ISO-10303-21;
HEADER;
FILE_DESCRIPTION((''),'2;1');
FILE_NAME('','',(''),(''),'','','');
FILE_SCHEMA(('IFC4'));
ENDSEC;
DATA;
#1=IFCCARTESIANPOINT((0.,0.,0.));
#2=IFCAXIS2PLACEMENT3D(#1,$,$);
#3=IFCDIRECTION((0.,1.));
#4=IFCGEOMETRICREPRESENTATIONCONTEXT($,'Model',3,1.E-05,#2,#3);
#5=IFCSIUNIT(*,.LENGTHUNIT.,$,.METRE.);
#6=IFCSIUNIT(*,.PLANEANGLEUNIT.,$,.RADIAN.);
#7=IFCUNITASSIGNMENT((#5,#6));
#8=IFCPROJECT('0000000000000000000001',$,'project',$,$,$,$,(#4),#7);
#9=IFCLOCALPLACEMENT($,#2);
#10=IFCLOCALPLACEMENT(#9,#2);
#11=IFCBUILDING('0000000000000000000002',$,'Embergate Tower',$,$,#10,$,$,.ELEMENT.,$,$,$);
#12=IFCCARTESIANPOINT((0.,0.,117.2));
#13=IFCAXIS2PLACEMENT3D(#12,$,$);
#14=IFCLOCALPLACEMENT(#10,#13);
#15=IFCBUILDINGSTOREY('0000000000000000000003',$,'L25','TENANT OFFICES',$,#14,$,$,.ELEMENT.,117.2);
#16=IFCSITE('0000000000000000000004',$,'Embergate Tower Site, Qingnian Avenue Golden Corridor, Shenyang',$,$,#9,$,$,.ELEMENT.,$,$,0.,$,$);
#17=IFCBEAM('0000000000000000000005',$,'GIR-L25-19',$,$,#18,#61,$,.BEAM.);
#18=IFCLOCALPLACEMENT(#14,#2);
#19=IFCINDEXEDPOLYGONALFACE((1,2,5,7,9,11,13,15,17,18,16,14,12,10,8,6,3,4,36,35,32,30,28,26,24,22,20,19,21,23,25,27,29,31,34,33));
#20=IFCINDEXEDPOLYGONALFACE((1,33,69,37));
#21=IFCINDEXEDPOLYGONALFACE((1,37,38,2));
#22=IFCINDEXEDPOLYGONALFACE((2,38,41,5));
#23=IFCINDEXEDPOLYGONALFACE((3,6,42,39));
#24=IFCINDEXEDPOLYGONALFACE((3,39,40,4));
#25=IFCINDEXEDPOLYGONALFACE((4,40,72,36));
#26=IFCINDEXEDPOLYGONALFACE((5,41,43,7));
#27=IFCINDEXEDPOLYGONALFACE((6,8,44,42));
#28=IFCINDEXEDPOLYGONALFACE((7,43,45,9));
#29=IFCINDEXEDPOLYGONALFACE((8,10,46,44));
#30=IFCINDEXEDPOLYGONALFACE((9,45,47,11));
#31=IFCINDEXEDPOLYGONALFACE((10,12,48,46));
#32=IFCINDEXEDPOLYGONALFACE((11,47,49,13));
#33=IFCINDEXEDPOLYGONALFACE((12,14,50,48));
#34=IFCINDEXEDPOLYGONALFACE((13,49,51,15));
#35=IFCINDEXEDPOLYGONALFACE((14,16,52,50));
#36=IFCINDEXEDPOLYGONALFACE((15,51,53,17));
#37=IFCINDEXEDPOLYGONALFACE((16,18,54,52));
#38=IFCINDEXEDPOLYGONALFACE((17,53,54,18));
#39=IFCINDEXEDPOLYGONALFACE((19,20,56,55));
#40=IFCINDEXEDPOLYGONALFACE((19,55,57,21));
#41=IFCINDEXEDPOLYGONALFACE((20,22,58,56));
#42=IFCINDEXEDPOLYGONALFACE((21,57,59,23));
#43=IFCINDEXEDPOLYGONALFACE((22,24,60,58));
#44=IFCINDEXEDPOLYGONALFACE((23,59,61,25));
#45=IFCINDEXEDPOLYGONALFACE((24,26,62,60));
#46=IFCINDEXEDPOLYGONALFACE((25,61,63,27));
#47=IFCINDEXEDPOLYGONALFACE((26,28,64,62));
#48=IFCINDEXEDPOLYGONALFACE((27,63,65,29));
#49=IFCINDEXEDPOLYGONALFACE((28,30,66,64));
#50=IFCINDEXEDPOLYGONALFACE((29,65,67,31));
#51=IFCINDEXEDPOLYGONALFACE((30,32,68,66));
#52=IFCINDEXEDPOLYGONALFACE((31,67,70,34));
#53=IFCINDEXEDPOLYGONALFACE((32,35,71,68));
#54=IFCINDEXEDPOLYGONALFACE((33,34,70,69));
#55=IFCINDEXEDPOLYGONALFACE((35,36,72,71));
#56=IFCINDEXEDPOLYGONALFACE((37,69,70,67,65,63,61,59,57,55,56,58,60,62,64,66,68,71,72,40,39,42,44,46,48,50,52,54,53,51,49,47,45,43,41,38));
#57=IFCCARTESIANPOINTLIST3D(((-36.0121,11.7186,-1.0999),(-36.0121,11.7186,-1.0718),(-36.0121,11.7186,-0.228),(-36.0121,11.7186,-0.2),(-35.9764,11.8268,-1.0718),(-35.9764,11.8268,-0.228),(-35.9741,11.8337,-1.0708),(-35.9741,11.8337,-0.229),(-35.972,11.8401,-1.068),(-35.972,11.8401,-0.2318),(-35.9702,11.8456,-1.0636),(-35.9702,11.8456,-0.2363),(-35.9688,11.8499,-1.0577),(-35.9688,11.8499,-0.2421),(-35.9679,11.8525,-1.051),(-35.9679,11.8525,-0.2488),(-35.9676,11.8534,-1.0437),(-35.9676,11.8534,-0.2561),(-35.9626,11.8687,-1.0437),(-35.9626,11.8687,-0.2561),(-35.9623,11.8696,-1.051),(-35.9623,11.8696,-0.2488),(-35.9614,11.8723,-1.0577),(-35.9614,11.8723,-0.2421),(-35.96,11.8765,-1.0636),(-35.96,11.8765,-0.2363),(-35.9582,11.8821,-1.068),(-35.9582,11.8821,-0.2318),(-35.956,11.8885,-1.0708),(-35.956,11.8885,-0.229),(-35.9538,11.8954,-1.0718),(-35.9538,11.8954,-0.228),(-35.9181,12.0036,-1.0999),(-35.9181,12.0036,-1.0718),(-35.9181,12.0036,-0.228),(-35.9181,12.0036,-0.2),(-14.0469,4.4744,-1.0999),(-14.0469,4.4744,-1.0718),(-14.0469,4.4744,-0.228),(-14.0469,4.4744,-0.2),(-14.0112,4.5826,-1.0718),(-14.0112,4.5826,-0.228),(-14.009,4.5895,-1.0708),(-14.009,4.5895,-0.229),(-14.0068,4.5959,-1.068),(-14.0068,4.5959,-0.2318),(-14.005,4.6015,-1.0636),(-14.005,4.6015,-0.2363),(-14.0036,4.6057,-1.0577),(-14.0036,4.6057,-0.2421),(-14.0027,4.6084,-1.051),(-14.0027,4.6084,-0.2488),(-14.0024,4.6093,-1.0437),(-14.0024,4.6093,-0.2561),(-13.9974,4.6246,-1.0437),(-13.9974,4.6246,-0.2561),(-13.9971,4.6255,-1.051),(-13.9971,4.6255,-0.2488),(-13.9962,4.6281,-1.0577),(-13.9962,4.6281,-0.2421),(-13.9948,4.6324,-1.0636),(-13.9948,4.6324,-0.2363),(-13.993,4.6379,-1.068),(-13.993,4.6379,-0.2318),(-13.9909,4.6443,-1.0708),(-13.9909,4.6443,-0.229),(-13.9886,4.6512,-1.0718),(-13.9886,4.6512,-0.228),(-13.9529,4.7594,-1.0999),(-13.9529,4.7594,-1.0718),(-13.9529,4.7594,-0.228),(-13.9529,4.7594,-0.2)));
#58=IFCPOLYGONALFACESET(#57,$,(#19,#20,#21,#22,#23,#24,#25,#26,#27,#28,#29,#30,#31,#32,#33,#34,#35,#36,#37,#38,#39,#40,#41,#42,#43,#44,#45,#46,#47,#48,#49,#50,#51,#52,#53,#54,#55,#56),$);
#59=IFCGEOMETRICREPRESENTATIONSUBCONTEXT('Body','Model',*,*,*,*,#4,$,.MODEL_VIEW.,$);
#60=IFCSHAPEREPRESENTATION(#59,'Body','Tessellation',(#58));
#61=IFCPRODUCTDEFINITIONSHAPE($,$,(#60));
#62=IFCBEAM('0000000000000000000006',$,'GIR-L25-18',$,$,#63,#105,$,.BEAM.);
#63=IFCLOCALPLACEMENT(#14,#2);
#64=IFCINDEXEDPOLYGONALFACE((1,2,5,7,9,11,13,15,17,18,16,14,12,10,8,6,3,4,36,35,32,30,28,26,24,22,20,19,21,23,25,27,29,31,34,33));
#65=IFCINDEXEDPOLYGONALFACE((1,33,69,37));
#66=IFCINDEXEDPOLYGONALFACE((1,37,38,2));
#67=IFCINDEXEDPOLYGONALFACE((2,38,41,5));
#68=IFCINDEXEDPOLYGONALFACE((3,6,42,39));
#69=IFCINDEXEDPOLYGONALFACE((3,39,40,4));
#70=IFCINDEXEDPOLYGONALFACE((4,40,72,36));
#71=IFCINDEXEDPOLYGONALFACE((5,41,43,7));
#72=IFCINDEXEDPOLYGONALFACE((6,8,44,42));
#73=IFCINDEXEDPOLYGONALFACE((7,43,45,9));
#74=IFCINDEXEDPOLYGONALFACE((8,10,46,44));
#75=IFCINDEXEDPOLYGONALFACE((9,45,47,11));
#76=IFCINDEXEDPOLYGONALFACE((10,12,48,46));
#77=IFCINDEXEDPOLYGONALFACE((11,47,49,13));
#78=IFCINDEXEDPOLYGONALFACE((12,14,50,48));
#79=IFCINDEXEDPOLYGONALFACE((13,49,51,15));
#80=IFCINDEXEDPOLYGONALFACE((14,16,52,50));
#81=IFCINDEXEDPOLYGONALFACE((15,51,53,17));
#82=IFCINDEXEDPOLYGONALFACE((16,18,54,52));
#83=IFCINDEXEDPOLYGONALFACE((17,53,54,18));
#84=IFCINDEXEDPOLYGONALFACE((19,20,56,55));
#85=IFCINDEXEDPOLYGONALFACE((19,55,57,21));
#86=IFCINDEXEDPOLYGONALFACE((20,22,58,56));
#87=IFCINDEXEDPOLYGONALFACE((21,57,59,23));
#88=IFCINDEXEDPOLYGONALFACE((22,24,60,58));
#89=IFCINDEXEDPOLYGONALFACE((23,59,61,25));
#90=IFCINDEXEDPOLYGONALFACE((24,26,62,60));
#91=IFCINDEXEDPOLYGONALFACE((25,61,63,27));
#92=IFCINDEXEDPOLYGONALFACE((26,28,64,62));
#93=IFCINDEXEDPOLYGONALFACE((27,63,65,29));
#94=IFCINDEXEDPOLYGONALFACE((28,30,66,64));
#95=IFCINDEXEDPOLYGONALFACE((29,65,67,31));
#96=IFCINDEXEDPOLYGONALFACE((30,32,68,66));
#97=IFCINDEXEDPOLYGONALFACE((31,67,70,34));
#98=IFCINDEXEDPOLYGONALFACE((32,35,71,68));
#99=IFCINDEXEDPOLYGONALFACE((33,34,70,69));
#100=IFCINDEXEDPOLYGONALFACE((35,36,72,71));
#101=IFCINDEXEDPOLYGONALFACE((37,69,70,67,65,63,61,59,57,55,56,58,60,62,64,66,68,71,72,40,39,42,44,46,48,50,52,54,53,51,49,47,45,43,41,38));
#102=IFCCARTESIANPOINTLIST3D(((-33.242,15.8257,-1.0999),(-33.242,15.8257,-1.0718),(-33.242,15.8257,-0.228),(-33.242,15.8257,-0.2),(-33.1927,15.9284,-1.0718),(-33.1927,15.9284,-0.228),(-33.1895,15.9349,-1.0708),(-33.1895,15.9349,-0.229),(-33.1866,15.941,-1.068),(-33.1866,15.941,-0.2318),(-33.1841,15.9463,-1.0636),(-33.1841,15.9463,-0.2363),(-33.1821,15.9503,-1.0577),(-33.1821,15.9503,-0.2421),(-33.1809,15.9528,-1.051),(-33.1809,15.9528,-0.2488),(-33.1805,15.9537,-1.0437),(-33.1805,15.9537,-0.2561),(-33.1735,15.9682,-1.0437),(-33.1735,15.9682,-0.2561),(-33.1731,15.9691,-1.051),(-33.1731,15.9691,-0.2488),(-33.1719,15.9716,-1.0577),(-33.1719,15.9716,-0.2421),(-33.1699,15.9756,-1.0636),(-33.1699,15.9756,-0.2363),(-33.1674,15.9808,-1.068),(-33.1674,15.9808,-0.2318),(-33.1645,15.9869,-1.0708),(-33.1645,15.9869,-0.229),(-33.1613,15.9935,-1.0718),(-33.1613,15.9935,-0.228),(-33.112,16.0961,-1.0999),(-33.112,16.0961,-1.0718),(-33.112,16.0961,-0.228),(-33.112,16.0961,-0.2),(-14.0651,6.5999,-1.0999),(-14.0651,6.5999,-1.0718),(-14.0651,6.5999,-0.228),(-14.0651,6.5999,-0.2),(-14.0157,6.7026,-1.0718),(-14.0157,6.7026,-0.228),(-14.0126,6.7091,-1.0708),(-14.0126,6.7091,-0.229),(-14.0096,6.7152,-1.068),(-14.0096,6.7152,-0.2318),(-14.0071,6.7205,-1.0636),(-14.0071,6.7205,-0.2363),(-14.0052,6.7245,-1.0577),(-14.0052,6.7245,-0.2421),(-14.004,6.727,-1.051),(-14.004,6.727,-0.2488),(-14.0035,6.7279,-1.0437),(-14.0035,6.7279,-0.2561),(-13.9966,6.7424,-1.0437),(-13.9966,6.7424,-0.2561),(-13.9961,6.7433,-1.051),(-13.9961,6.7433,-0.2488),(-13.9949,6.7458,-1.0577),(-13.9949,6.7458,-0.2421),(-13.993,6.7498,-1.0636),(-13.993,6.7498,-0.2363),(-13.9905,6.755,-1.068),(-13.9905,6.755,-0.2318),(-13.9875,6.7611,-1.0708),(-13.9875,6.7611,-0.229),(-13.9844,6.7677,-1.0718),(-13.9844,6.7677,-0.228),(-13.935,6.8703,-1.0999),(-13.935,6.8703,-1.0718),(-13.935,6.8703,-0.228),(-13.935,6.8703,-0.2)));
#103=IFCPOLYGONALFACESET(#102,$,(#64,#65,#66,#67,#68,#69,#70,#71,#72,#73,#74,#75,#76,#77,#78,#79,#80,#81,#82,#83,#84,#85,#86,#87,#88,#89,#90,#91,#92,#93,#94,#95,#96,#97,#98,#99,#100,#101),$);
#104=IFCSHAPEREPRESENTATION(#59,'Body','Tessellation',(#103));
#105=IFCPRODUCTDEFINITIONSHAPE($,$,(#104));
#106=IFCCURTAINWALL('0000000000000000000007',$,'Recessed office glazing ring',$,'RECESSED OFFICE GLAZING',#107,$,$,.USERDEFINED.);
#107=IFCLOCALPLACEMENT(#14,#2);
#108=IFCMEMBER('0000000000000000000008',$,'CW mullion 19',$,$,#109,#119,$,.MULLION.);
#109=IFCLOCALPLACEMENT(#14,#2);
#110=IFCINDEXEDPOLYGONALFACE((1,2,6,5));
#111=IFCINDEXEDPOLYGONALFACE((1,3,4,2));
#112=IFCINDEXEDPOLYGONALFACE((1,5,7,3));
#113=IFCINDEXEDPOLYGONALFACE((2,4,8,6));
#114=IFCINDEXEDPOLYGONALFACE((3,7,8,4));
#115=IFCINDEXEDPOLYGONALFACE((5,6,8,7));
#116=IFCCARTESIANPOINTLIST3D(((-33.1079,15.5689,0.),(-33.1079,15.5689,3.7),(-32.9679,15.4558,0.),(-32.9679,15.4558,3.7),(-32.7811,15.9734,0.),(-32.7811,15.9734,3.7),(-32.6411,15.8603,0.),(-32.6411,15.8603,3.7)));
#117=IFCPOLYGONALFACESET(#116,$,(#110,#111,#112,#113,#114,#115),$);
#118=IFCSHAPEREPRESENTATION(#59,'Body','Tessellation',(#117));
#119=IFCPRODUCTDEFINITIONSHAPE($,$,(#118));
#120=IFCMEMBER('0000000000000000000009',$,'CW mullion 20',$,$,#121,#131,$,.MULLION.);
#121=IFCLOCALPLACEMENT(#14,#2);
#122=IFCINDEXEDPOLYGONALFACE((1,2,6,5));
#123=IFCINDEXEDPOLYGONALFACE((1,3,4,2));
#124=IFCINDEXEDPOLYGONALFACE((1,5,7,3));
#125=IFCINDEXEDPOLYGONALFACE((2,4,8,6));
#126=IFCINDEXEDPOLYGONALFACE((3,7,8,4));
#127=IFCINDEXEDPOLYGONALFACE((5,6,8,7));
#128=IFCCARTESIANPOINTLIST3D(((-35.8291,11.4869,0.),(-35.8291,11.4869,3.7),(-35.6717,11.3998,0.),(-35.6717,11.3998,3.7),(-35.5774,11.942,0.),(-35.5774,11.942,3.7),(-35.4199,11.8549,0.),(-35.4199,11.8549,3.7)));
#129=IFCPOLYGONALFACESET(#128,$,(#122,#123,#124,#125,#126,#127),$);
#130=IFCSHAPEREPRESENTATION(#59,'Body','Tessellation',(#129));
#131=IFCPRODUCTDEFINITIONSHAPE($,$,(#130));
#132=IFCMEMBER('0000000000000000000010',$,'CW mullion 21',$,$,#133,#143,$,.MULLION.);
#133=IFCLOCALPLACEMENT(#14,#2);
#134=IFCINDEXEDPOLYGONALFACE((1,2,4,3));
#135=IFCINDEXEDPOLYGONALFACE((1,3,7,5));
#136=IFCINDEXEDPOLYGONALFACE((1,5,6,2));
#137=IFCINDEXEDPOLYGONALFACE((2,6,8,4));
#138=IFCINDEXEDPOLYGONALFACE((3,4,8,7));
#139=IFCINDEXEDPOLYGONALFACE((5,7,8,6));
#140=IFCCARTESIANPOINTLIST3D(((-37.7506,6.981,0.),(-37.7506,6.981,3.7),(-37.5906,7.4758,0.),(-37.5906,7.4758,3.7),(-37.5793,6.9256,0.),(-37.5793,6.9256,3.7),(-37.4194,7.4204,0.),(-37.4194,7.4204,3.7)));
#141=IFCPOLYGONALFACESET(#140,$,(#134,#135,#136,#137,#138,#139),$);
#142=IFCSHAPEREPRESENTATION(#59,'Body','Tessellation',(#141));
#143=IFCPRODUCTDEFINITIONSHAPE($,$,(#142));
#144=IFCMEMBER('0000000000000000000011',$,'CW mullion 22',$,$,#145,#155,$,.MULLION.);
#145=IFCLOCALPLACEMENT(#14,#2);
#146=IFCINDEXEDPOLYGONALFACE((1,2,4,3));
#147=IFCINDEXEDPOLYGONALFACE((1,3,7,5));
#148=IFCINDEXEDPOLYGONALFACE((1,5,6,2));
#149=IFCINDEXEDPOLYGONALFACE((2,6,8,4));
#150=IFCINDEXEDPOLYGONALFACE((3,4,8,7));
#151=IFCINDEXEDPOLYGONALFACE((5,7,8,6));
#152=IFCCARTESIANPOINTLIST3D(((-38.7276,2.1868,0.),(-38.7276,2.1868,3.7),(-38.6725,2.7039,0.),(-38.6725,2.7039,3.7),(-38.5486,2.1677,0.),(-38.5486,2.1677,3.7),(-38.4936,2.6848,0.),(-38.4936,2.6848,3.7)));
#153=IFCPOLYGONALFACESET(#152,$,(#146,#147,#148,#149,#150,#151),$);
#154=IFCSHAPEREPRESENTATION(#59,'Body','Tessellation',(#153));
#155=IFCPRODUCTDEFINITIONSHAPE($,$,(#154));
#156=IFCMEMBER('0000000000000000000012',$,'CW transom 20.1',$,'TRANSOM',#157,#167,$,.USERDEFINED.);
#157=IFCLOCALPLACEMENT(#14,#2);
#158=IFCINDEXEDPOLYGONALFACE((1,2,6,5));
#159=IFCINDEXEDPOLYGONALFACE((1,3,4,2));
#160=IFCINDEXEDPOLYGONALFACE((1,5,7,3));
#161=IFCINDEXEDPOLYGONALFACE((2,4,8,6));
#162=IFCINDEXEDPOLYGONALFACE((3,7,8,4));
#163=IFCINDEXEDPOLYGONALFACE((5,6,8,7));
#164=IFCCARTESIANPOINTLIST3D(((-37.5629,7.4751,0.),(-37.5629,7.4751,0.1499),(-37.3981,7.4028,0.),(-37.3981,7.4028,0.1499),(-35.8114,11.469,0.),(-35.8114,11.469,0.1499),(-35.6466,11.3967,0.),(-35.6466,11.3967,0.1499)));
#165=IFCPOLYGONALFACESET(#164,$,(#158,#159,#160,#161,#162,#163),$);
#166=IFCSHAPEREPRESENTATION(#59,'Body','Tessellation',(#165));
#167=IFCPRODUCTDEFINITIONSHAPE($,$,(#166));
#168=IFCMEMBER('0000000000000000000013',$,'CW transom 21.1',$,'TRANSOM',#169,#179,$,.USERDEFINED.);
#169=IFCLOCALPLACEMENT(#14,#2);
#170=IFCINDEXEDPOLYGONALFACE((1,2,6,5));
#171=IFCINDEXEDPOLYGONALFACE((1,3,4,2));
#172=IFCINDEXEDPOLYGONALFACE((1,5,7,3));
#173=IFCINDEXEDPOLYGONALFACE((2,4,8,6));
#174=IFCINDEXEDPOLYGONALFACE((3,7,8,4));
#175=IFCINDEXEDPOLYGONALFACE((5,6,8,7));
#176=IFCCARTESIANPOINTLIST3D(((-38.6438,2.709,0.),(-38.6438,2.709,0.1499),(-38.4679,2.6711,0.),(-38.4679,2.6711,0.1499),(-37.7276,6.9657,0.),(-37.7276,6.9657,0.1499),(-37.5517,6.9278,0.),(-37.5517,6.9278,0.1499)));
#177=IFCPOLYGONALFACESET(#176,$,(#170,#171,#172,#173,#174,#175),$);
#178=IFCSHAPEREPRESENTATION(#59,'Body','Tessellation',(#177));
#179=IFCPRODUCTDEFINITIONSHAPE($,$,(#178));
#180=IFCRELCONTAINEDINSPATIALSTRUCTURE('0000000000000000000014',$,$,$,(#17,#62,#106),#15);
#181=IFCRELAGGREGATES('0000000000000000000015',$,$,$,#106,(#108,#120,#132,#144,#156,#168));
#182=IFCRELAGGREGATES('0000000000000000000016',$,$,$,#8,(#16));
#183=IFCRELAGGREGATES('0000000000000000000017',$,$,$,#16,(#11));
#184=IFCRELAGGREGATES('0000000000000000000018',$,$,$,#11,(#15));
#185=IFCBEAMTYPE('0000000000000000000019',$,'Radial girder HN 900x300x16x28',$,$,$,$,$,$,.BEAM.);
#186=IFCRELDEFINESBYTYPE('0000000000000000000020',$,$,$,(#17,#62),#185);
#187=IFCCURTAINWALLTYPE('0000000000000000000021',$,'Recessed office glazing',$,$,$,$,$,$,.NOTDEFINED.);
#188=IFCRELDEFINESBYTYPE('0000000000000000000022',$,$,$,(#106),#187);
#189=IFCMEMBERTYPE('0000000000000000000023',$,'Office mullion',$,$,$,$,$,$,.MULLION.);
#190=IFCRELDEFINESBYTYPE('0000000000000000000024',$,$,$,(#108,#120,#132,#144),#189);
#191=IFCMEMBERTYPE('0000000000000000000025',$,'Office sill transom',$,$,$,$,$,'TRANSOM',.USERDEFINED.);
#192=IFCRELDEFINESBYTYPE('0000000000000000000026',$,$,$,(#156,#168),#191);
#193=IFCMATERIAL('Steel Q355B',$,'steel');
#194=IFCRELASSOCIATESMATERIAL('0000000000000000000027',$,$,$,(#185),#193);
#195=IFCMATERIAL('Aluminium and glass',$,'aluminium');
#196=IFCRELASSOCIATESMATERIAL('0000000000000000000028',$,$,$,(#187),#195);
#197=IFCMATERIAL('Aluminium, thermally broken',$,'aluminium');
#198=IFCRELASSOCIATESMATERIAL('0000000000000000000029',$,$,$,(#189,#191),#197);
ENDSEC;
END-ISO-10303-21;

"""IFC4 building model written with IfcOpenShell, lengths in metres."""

from ifc_helpers import new_model, si_unit, direction, frame, origin, origin_2d, place, context, subcontext, project, spatial, rectangle, i_section, extrude, source, transform, mapped, material, material_profile, profile_set, type_object, element, aggregate, save


model = new_model("IFC4")

# Units and contexts
model_context = context("Model", 3, precision=1e-05, world=origin(), true_north=direction((0.0, 1.0)))
body_context = subcontext(model_context, "Body", "Model", "MODEL_VIEW")
ifc_project = project(units=[si_unit("LENGTHUNIT", "METRE"), si_unit("PLANEANGLEUNIT", "RADIAN")], contexts=[model_context])

# Site, building, storey
site_placement = place(None, origin())
site = spatial("IfcSite", under=ifc_project, at=site_placement, Name="Embergate Tower Site, Qingnian Avenue Golden Corridor, Shenyang", CompositionType="ELEMENT", RefElevation=0.0)
building_placement = place(site_placement, origin())
building = spatial("IfcBuilding", under=site, at=building_placement, Name="Embergate Tower", CompositionType="ELEMENT")
storey_placement = place(building_placement, frame((0.0, 0.0, 117.2)))
storey = spatial("IfcBuildingStorey", under=building, at=storey_placement, Name="L25", Description="TENANT OFFICES", CompositionType="ELEMENT", Elevation=117.2)

# Beams
ifc_material_1 = material(Name="Steel Q355B", Category="steel")
ifc_material_profile_1 = material_profile(ifc_material_1, i_section(OverallWidth=0.3, OverallDepth=0.8999, WebThickness=0.0161, FlangeThickness=0.0281, FilletRadius=0.0281, at=origin_2d()), Name="HN 900x300x16x28")
ifc_profile_set_1 = profile_set([ifc_material_profile_1], Name="Steel Q355 grade B")
beam_type_1 = type_object("IfcBeamType", Name="Radial girder HN 900x300x16x28", PredefinedType="BEAM", material=ifc_profile_set_1)
shared_shape_1 = source(origin(), body_context, "Body", "SweptSolid", [
    extrude(i_section(OverallWidth=0.3, OverallDepth=0.8999, WebThickness=0.0161, FlangeThickness=0.0281, FilletRadius=0.0281, at=origin_2d()), origin(), (0.0, 0.0, 1.0), 23.1289),
])
beam_1_placement = place(storey_placement, frame((-35.9651, 11.8611, -0.6499), z_axis=(0.949684, -0.313208, 0.0), x_axis=(0.313208, 0.949684, 0.0)))
element("IfcBeam", 1, at=beam_1_placement, inside=storey, type_object=beam_type_1, Name="GIR-L25-19", PredefinedType="BEAM", context=body_context, shape_type="MappedRepresentation", body=[
    mapped(shared_shape_1, transform((0.0, 0.0, 0.0))),
])
shared_shape_2 = source(origin(), body_context, "Body", "SweptSolid", [
    extrude(i_section(OverallWidth=0.3, OverallDepth=0.8999, WebThickness=0.0161, FlangeThickness=0.0281, FilletRadius=0.0281, at=origin_2d()), origin(), (0.0, 0.0, 1.0), 21.2808),
])
beam_2_placement = place(storey_placement, frame((-33.177, 15.9609, -0.6499), z_axis=(0.90114, -0.433528, 0.0), x_axis=(0.433528, 0.90114, 0.0)))
element("IfcBeam", 2, at=beam_2_placement, inside=storey, type_object=beam_type_1, Name="GIR-L25-18", PredefinedType="BEAM", context=body_context, shape_type="MappedRepresentation", body=[
    mapped(shared_shape_2, transform((0.0, 0.0, 0.0))),
])

# Curtain wall, members
ifc_material_2 = material(Name="Aluminium and glass", Category="aluminium")
curtain_wall_type = type_object("IfcCurtainWallType", Name="Recessed office glazing", PredefinedType="NOTDEFINED", material=ifc_material_2)
curtain_wall_placement = place(storey_placement, origin())
curtain_wall = element("IfcCurtainWall", 3, at=curtain_wall_placement, inside=storey, type_object=curtain_wall_type, Name="Recessed office glazing ring", ObjectType="RECESSED OFFICE GLAZING", PredefinedType="USERDEFINED")
ifc_material_3 = material(Name="Aluminium, thermally broken", Category="aluminium")
ifc_material_profile_2 = material_profile(ifc_material_3, rectangle(XDim=0.1799, YDim=0.52, at=origin_2d()), Name="AL 520x180")
ifc_profile_set_2 = profile_set([ifc_material_profile_2], Name="Aluminium, thermally broken")
member_type_1 = type_object("IfcMemberType", Name="Office mullion", PredefinedType="MULLION", material=ifc_profile_set_2)
shared_shape_3 = source(origin(), body_context, "Body", "SweptSolid", [
    extrude(rectangle(XDim=0.1799, YDim=0.52, at=origin_2d()), origin(), (0.0, 0.0, 1.0), 3.7),
])
member_1_placement = place(storey_placement, frame((-32.8745, 15.7146, 0.0), z_axis=(0.0, 0.0, 1.0), x_axis=(0.777879, -0.628414, 0.0)))
member_1 = element("IfcMember", 4, at=member_1_placement, type_object=member_type_1, Name="CW mullion 19", PredefinedType="MULLION", context=body_context, shape_type="MappedRepresentation", body=[
    mapped(shared_shape_3, transform((0.0, 0.0, 0.0))),
])
member_2_placement = place(storey_placement, frame((-35.6245, 11.6709, 0.0), z_axis=(0.0, 0.0, 1.0), x_axis=(0.875007, -0.48411, 0.0)))
member_2 = element("IfcMember", 5, at=member_2_placement, type_object=member_type_1, Name="CW mullion 20", PredefinedType="MULLION", context=body_context, shape_type="MappedRepresentation", body=[
    mapped(shared_shape_3, transform((0.0, 0.0, 0.0))),
])
member_3_placement = place(storey_placement, frame((-37.585, 7.2007, 0.0), z_axis=(0.0, 0.0, 1.0), x_axis=(0.9515, -0.307647, 0.0)))
member_3 = element("IfcMember", 6, at=member_3_placement, type_object=member_type_1, Name="CW mullion 21", PredefinedType="MULLION", context=body_context, shape_type="MappedRepresentation", body=[
    mapped(shared_shape_3, transform((0.0, 0.0, 0.0))),
])
member_4_placement = place(storey_placement, frame((-38.6106, 2.4358, 0.0), z_axis=(0.0, 0.0, 1.0), x_axis=(0.994385, -0.10582, 0.0)))
member_4 = element("IfcMember", 7, at=member_4_placement, type_object=member_type_1, Name="CW mullion 22", PredefinedType="MULLION", context=body_context, shape_type="MappedRepresentation", body=[
    mapped(shared_shape_3, transform((0.0, 0.0, 0.0))),
])
ifc_material_profile_3 = material_profile(ifc_material_3, rectangle(XDim=0.1799, YDim=0.1499, at=origin_2d()), Name="AL 150x180")
ifc_profile_set_3 = profile_set([ifc_material_profile_3], Name="Aluminium, thermally broken")
member_type_2 = type_object("IfcMemberType", Name="Office sill transom", ElementType="TRANSOM", PredefinedType="USERDEFINED", material=ifc_profile_set_3)
shared_shape_4 = source(origin(), body_context, "Body", "SweptSolid", [
    extrude(rectangle(XDim=0.1799, YDim=0.1499, at=origin_2d()), origin(), (0.0, 0.0, 1.0), 4.3611),
])
member_5_placement = place(storey_placement, frame((-35.729, 11.4329, 0.075), z_axis=(-0.401615, -0.915809, 0.0), x_axis=(0.915809, -0.401615, 0.0)))
member_5 = element("IfcMember", 8, at=member_5_placement, type_object=member_type_2, Name="CW transom 20.1", ObjectType="TRANSOM", PredefinedType="USERDEFINED", context=body_context, shape_type="MappedRepresentation", body=[
    mapped(shared_shape_4, transform((0.0, 0.0, 0.0))),
])
shared_shape_5 = source(origin(), body_context, "Body", "SweptSolid", [
    extrude(rectangle(XDim=0.1799, YDim=0.1499, at=origin_2d()), origin(), (0.0, 0.0, 1.0), 4.3542),
])
member_6_placement = place(storey_placement, frame((-37.6396, 6.9468, 0.075), z_axis=(-0.210425, -0.97761, 0.0), x_axis=(0.97761, -0.210425, 0.0)))
member_6 = element("IfcMember", 9, at=member_6_placement, type_object=member_type_2, Name="CW transom 21.1", ObjectType="TRANSOM", PredefinedType="USERDEFINED", context=body_context, shape_type="MappedRepresentation", body=[
    mapped(shared_shape_5, transform((0.0, 0.0, 0.0))),
])
aggregate(curtain_wall, [member_1, member_2, member_3, member_4, member_5, member_6])

save(model, "model.ifc")
